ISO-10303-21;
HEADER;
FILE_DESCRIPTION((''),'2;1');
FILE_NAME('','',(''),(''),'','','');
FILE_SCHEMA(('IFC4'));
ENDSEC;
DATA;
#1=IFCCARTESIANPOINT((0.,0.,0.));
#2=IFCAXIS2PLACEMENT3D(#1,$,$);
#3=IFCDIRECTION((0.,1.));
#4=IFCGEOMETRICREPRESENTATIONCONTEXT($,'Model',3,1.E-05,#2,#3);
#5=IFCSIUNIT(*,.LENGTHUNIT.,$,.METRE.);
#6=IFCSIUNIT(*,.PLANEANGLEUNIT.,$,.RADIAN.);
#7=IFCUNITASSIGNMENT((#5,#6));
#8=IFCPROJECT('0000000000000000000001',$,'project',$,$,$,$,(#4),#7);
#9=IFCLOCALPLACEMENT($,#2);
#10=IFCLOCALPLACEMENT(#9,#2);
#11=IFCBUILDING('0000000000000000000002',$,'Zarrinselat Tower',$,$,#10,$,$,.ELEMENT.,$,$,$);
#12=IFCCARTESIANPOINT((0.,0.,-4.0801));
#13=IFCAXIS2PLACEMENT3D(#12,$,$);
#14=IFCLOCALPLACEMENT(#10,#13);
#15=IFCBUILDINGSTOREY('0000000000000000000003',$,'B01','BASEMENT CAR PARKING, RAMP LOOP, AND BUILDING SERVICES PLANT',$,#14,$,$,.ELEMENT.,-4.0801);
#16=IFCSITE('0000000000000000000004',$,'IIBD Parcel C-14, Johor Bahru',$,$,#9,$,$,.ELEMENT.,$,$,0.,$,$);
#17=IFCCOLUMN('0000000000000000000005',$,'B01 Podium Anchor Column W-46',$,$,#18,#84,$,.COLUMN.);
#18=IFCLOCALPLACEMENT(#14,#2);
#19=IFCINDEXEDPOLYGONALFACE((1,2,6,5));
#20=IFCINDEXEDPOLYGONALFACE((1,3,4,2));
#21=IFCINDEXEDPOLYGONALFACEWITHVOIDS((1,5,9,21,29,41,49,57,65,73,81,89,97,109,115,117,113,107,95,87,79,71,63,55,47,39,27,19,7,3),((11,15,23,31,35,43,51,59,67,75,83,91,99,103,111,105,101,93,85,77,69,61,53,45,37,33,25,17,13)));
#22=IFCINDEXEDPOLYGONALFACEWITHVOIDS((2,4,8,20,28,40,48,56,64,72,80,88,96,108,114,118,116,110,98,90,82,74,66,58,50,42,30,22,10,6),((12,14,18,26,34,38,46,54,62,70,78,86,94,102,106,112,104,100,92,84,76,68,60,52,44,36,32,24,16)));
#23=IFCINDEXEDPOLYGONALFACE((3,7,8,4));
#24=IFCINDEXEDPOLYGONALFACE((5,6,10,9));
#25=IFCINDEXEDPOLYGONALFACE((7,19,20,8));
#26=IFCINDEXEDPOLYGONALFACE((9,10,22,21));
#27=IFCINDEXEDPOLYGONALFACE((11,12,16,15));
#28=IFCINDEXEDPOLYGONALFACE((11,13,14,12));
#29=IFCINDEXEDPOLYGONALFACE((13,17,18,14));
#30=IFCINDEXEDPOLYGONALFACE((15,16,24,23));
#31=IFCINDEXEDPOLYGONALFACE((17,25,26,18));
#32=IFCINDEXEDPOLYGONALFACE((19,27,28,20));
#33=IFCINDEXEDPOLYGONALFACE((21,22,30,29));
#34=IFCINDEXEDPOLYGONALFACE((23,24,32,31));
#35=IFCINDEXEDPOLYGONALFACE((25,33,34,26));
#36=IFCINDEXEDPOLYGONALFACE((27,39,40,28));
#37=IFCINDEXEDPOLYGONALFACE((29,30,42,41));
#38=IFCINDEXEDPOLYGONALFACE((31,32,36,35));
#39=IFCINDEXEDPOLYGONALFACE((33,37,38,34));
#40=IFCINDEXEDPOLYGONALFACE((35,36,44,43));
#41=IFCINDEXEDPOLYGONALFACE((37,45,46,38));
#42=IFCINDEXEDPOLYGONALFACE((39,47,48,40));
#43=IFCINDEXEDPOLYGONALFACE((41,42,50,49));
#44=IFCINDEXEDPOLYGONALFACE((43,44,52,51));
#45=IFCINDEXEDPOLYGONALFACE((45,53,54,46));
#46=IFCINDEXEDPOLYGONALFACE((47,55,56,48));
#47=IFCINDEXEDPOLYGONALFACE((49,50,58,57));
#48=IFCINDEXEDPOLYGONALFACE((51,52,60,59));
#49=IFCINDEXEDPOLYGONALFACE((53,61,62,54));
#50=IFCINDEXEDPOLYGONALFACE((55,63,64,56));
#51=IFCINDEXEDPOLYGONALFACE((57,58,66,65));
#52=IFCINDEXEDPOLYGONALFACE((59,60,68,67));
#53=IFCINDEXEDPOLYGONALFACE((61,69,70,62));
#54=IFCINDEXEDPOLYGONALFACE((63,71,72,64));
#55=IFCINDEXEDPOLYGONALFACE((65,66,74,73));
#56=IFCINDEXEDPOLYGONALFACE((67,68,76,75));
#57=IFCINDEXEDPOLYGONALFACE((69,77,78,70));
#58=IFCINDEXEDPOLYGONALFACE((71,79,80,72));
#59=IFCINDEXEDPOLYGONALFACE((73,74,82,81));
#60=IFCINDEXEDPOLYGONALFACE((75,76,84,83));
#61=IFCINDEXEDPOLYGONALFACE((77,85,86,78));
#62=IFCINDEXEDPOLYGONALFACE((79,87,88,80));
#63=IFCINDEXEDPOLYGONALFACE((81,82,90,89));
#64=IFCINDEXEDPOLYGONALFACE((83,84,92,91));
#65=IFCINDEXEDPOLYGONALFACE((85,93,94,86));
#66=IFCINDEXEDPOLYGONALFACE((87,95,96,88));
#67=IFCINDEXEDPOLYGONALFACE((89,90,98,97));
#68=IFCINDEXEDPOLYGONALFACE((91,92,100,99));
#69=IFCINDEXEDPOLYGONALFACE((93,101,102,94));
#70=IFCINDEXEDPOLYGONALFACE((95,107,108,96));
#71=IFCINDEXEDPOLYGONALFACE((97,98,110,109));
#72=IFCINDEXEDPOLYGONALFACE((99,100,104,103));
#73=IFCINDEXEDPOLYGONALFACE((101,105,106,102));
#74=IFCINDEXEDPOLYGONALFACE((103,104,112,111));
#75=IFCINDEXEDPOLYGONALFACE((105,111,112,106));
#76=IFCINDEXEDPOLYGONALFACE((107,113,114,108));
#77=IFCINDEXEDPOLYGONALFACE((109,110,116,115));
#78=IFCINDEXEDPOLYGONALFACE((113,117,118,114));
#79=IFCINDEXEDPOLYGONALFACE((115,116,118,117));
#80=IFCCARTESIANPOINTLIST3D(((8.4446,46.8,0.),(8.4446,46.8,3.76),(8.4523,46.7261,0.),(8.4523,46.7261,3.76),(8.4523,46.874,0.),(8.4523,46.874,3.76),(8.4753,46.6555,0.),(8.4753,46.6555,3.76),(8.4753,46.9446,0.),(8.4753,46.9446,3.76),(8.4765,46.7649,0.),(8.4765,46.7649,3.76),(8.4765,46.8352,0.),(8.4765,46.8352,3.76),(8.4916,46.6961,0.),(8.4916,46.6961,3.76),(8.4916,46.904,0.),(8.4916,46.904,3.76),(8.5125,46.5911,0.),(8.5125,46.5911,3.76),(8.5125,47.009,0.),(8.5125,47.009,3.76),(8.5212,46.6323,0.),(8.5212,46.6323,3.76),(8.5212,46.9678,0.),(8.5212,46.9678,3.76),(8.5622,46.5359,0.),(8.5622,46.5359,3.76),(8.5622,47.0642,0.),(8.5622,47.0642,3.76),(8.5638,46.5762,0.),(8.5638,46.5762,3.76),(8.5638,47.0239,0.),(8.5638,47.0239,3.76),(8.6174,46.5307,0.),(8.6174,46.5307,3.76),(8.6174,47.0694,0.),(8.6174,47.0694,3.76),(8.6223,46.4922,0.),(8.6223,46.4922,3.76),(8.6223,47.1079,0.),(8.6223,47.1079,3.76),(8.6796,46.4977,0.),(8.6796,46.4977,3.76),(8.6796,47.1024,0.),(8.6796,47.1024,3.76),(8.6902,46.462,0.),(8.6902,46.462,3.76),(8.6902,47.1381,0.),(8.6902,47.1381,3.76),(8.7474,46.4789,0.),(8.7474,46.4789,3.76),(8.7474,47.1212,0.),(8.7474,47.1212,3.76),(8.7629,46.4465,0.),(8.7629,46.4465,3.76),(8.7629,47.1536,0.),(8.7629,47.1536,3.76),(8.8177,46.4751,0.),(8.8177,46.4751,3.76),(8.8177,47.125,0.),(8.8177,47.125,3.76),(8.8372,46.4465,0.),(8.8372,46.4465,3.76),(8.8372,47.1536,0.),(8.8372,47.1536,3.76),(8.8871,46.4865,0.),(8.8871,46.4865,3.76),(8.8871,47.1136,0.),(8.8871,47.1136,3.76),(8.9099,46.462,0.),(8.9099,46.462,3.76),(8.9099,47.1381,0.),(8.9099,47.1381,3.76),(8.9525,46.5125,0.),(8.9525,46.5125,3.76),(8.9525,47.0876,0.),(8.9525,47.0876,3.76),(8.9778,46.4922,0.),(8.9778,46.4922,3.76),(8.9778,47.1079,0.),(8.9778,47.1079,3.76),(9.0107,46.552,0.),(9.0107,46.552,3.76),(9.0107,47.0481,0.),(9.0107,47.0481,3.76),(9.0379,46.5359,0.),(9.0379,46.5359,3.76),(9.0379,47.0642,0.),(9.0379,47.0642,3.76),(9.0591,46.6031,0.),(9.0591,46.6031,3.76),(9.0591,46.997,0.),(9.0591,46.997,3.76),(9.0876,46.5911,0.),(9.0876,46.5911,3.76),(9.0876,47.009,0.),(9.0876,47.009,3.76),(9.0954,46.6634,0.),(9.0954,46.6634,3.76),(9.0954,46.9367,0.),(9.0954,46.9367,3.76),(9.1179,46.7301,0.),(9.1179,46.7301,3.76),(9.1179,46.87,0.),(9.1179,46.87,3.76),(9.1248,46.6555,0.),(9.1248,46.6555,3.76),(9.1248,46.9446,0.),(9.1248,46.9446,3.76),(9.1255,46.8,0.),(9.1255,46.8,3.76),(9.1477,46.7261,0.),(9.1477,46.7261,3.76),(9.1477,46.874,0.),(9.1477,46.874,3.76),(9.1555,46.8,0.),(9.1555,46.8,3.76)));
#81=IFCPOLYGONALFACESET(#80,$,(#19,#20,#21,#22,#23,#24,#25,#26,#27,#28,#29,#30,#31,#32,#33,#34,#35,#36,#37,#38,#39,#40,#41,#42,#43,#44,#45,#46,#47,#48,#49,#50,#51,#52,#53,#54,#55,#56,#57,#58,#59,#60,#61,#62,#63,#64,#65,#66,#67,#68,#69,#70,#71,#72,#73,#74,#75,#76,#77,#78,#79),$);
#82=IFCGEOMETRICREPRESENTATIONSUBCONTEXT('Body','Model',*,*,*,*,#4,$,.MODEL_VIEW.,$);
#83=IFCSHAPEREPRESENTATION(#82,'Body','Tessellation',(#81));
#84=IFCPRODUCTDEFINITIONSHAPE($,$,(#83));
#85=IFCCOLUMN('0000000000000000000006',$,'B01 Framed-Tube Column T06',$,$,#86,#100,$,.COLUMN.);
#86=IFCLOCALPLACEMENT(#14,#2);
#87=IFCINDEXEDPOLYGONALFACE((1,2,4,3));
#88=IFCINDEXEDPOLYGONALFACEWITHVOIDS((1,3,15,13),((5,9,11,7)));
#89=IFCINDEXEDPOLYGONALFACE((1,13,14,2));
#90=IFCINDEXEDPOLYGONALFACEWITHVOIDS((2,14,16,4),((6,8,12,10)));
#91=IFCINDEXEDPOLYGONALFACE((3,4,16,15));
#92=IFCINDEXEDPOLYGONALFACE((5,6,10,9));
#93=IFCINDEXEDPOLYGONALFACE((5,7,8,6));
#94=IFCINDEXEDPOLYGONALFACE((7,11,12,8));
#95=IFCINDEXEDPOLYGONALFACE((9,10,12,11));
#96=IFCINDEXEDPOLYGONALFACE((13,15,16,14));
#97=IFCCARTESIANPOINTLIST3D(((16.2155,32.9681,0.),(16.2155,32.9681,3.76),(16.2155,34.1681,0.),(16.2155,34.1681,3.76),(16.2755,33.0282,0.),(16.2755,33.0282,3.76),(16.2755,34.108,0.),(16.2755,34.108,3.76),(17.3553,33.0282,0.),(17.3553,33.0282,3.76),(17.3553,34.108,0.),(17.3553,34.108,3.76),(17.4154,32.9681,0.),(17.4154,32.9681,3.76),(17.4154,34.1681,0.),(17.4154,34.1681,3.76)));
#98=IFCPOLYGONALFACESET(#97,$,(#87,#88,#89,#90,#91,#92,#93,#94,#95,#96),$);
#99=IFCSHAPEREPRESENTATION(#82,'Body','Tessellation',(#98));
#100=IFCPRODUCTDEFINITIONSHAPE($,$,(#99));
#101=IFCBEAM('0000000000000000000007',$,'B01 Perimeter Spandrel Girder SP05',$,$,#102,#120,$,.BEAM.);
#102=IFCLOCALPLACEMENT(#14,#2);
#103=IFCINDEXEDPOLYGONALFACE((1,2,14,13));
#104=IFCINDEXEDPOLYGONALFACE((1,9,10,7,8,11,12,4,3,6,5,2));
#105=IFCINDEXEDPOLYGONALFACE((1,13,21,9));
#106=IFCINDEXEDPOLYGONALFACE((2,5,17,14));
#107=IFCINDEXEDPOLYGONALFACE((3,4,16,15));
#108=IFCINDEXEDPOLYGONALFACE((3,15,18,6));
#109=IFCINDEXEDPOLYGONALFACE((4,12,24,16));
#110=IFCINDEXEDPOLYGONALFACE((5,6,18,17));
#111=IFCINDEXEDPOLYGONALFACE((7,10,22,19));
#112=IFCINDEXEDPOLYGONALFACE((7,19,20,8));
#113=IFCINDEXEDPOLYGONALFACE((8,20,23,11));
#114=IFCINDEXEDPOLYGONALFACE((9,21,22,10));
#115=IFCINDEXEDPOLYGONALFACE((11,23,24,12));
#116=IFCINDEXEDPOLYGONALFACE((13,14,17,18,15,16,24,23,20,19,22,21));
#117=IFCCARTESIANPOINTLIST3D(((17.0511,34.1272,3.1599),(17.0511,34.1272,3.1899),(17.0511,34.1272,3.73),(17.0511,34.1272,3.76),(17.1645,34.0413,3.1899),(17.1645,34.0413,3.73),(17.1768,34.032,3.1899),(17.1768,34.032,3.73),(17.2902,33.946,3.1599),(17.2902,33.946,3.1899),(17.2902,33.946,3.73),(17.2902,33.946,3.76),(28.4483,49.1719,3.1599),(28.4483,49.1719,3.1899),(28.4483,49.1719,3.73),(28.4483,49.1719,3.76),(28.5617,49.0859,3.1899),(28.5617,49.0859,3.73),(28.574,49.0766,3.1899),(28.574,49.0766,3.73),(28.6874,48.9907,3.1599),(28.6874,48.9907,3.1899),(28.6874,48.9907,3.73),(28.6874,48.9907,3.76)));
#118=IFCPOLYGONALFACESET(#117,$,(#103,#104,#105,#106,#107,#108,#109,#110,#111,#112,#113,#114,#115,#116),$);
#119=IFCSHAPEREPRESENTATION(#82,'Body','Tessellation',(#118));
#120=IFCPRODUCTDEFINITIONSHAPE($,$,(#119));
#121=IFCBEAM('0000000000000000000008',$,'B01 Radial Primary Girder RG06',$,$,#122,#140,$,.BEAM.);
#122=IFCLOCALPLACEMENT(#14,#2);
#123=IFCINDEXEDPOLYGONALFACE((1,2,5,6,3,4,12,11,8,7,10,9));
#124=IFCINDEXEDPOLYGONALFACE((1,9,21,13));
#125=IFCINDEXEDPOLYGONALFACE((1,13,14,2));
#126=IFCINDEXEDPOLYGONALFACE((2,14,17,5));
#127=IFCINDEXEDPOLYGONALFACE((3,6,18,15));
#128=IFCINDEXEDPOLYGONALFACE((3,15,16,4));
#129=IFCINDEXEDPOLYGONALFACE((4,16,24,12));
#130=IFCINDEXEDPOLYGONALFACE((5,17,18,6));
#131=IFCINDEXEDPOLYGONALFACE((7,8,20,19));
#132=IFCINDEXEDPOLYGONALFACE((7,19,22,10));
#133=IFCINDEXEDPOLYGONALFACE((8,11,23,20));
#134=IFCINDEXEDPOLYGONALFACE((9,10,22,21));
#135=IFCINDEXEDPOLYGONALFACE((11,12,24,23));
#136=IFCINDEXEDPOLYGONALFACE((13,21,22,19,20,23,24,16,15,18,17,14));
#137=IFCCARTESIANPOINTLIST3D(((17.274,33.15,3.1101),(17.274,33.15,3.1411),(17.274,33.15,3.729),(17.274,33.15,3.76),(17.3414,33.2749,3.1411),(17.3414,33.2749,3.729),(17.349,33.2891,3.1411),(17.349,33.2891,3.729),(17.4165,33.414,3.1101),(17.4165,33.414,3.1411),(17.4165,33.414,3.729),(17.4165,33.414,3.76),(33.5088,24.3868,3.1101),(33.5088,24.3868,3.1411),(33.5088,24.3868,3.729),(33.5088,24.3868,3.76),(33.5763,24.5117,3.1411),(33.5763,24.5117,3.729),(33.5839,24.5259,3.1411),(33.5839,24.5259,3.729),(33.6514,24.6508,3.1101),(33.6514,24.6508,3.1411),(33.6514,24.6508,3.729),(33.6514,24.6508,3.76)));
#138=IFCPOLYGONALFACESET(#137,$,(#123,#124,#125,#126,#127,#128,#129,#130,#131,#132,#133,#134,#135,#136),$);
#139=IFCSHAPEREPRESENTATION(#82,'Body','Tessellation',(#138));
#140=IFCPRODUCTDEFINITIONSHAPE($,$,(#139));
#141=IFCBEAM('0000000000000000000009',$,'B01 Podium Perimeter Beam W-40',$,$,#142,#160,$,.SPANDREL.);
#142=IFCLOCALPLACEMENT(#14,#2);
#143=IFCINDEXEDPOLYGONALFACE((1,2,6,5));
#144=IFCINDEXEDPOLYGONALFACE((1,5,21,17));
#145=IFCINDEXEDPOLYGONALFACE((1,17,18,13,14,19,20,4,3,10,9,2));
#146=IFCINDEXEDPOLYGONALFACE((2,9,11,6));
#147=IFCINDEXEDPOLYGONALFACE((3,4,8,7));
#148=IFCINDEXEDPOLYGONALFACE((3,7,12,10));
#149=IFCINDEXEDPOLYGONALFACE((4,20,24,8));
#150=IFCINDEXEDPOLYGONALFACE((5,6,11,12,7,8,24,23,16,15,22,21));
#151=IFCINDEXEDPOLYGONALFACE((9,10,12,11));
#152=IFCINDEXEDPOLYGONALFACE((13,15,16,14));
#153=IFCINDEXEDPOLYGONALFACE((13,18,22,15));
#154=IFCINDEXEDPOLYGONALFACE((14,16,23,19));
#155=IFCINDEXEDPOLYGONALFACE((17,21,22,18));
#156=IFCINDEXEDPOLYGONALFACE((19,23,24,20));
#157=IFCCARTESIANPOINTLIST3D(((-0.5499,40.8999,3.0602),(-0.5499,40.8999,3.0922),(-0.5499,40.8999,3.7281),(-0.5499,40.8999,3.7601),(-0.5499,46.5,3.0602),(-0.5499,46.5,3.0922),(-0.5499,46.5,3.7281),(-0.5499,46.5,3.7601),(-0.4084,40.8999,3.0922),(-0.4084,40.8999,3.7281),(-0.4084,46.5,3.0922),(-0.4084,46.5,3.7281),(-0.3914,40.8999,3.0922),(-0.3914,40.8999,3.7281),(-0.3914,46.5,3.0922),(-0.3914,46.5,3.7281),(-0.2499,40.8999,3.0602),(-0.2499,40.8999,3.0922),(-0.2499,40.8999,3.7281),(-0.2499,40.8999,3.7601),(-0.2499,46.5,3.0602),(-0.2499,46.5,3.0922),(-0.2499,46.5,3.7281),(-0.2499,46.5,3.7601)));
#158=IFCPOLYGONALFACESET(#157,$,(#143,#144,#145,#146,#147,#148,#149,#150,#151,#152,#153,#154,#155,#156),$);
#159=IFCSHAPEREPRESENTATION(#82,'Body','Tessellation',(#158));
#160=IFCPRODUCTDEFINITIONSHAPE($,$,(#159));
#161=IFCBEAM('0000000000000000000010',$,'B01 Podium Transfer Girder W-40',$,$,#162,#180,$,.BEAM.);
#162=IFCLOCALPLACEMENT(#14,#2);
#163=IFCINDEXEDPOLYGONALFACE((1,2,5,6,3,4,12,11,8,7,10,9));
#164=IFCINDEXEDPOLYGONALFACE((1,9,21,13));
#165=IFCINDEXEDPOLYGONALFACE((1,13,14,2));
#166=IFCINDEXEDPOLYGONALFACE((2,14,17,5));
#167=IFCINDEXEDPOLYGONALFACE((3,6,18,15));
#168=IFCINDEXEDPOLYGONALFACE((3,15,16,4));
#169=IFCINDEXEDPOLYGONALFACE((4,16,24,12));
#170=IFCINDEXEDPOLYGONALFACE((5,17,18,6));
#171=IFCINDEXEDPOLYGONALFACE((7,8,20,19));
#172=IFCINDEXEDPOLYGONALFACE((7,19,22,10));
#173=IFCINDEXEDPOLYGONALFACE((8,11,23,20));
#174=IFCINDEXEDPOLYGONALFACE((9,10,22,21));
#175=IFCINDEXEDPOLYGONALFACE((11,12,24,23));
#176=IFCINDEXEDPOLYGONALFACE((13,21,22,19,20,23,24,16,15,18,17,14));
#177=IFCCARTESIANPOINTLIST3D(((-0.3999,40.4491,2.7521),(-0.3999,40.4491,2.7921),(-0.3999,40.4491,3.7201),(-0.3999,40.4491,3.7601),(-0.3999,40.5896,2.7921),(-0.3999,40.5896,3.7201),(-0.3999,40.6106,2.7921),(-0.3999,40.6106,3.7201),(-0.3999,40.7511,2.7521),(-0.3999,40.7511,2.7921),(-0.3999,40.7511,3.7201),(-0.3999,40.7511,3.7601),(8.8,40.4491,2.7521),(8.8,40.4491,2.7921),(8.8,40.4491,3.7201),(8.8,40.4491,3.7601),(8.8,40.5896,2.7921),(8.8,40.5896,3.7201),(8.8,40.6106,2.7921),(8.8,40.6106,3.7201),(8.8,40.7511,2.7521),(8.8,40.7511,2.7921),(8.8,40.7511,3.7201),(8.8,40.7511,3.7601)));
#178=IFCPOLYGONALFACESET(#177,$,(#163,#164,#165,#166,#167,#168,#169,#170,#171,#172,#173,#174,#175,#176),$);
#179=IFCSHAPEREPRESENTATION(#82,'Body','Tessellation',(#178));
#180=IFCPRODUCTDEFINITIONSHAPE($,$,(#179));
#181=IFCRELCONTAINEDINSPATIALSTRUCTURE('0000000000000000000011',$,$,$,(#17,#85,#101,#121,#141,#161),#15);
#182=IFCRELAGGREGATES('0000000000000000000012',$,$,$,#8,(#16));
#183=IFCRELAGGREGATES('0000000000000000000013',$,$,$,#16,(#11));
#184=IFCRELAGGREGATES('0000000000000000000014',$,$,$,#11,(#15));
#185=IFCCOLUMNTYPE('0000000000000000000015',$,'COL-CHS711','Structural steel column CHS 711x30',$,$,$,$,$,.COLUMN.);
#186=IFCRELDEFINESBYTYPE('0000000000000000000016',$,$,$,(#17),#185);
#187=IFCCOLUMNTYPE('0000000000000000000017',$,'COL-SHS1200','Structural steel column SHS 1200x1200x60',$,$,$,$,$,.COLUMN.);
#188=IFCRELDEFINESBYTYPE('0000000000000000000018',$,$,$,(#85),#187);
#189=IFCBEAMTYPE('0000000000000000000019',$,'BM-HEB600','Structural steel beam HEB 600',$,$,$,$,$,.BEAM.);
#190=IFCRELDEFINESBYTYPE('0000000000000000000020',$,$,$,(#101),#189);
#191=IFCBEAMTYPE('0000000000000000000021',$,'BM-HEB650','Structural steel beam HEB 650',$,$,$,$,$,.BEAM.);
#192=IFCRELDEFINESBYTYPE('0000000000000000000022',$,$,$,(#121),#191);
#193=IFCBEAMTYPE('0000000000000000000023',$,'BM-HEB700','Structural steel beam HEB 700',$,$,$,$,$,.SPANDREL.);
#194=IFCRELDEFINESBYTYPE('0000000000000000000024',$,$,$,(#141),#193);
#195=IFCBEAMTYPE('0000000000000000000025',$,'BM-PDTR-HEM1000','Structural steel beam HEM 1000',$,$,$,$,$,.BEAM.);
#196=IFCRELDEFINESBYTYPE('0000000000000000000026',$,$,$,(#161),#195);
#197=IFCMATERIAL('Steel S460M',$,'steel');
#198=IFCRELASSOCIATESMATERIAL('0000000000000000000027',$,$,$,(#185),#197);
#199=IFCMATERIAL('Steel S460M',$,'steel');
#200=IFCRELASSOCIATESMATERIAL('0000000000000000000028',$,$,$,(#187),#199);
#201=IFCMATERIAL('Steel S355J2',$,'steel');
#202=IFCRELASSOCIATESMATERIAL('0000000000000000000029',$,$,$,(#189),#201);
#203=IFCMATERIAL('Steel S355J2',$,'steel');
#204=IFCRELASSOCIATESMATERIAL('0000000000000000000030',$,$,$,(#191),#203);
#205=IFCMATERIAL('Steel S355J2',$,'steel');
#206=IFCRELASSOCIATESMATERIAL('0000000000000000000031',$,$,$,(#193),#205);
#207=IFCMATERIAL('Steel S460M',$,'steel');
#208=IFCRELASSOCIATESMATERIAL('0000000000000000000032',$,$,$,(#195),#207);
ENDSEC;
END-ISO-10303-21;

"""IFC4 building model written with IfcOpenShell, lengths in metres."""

from ifc_helpers import new_model, si_unit, direction, frame, origin, origin_2d, place, context, subcontext, project, spatial, hollow_rectangle, hollow_circle, i_section, extrude, material, material_profile, profile_set, type_object, element, save


model = new_model("IFC4")

# Units and contexts
model_context = context("Model", 3, precision=1e-05, world=origin(), true_north=direction((0.0, 1.0)))
body_context = subcontext(model_context, "Body", "Model", "MODEL_VIEW")
ifc_project = project(units=[si_unit("LENGTHUNIT", "METRE"), si_unit("PLANEANGLEUNIT", "RADIAN")], contexts=[model_context])

# Site, building, storey
site_placement = place(None, origin())
site = spatial("IfcSite", under=ifc_project, at=site_placement, Name="IIBD Parcel C-14, Johor Bahru", CompositionType="ELEMENT", RefElevation=0.0)
building_placement = place(site_placement, origin())
building = spatial("IfcBuilding", under=site, at=building_placement, Name="Zarrinselat Tower", CompositionType="ELEMENT")
storey_placement = place(building_placement, frame((0.0, 0.0, -4.0801)))
storey = spatial("IfcBuildingStorey", under=building, at=storey_placement, Name="B01", Description="BASEMENT CAR PARKING, RAMP LOOP, AND BUILDING SERVICES PLANT", CompositionType="ELEMENT", Elevation=-4.0801)

# Columns
ifc_material_1 = material(Name="Steel S460M", Category="steel")
ifc_material_profile_1 = material_profile(ifc_material_1, hollow_circle(Radius=0.3555, WallThickness=0.03, at=origin_2d()), Name="CHS 711x30")
ifc_profile_set_1 = profile_set([ifc_material_profile_1], Name="Steel S460M")
column_type_1 = type_object("IfcColumnType", Name="COL-CHS711", Description="Structural steel column CHS 711x30", PredefinedType="COLUMN", material=ifc_profile_set_1)
for number, where, z_axis, x_axis, name in (
    (1, (8.8, 46.8, 0.0), (0.0, 0.0, 1.0), (1.0, 0.0, 0.0), "B01 Podium Anchor Column W-46"),
):
    element("IfcColumn", number, at=place(storey_placement, frame(where, z_axis=z_axis, x_axis=x_axis)), inside=storey, type_object=column_type_1, Name=name, PredefinedType="COLUMN", context=body_context, shape_type="SweptSolid", body=[
        extrude(hollow_circle(Radius=0.3555, WallThickness=0.03, at=origin_2d()), origin(), (0.0, 0.0, 1.0), 3.76),
    ])
ifc_material_2 = material(Name="Steel S460M", Category="steel")
ifc_material_profile_2 = material_profile(ifc_material_2, hollow_rectangle(XDim=1.2, YDim=1.2, WallThickness=0.0601, at=origin_2d()), Name="SHS 1200x1200x60")
ifc_profile_set_2 = profile_set([ifc_material_profile_2], Name="Steel S460M")
column_type_2 = type_object("IfcColumnType", Name="COL-SHS1200", Description="Structural steel column SHS 1200x1200x60", PredefinedType="COLUMN", material=ifc_profile_set_2)
column_1_placement = place(storey_placement, frame((16.8154, 33.5681, 0.0), z_axis=(0.0, 0.0, 1.0), x_axis=(1.0, 0.0, 0.0)))
element("IfcColumn", 2, at=column_1_placement, inside=storey, type_object=column_type_2, Name="B01 Framed-Tube Column T06", PredefinedType="COLUMN", context=body_context, shape_type="SweptSolid", body=[
    extrude(hollow_rectangle(XDim=1.2, YDim=1.2, WallThickness=0.0601, at=origin_2d()), origin(), (0.0, 0.0, 1.0), 3.76),
])

# Beams
ifc_material_3 = material(Name="Steel S355J2", Category="steel")
ifc_material_profile_3 = material_profile(ifc_material_3, i_section(OverallWidth=0.3, OverallDepth=0.6001, WebThickness=0.0154, FlangeThickness=0.03, at=origin_2d()), Name="HEB 600")
ifc_profile_set_3 = profile_set([ifc_material_profile_3], Name="Steel S355J2")
beam_type_1 = type_object("IfcBeamType", Name="BM-HEB600", Description="Structural steel beam HEB 600", PredefinedType="BEAM", material=ifc_profile_set_3)
beam_1_placement = place(storey_placement, frame((17.1707, 34.0366, 3.46), z_axis=(0.603849, 0.797099, 0.0), x_axis=(-0.797099, 0.603849, 0.0)))
element("IfcBeam", 3, at=beam_1_placement, inside=storey, type_object=beam_type_1, Name="B01 Perimeter Spandrel Girder SP05", PredefinedType="BEAM", context=body_context, shape_type="SweptSolid", body=[
    extrude(i_section(OverallWidth=0.3, OverallDepth=0.6001, WebThickness=0.0154, FlangeThickness=0.03, at=origin_2d()), origin(), (0.0, 0.0, 1.0), 18.8743),
])
ifc_material_4 = material(Name="Steel S355J2", Category="steel")
ifc_material_profile_4 = material_profile(ifc_material_4, i_section(OverallWidth=0.3, OverallDepth=0.6499, WebThickness=0.0161, FlangeThickness=0.031, at=origin_2d()), Name="HEB 650")
ifc_profile_set_4 = profile_set([ifc_material_profile_4], Name="Steel S355J2")
beam_type_2 = type_object("IfcBeamType", Name="BM-HEB650", Description="Structural steel beam HEB 650", PredefinedType="BEAM", material=ifc_profile_set_4)
beam_2_placement = place(storey_placement, frame((17.3452, 33.282, 3.4351), z_axis=(0.879988, -0.474996, 0.0), x_axis=(0.474996, 0.879988, 0.0)))
element("IfcBeam", 4, at=beam_2_placement, inside=storey, type_object=beam_type_2, Name="B01 Radial Primary Girder RG06", PredefinedType="BEAM", context=body_context, shape_type="SweptSolid", body=[
    extrude(i_section(OverallWidth=0.3, OverallDepth=0.6499, WebThickness=0.0161, FlangeThickness=0.031, at=origin_2d()), origin(), (0.0, 0.0, 1.0), 18.449),
])
ifc_material_5 = material(Name="Steel S355J2", Category="steel")
ifc_material_profile_5 = material_profile(ifc_material_5, i_section(OverallWidth=0.3, OverallDepth=0.7, WebThickness=0.0171, FlangeThickness=0.032, at=origin_2d()), Name="HEB 700")
ifc_profile_set_5 = profile_set([ifc_material_profile_5], Name="Steel S355J2")
beam_type_3 = type_object("IfcBeamType", Name="BM-HEB700", Description="Structural steel beam HEB 700", PredefinedType="SPANDREL", material=ifc_profile_set_5)
beam_3_placement = place(storey_placement, frame((-0.3999, 40.8999, 3.4102), z_axis=(0.0, 1.0, 0.0), x_axis=(-1.0, 0.0, 0.0)))
element("IfcBeam", 5, at=beam_3_placement, inside=storey, type_object=beam_type_3, Name="B01 Podium Perimeter Beam W-40", PredefinedType="SPANDREL", context=body_context, shape_type="SweptSolid", body=[
    extrude(i_section(OverallWidth=0.3, OverallDepth=0.7, WebThickness=0.0171, FlangeThickness=0.032, at=origin_2d()), origin(), (0.0, 0.0, 1.0), 5.6001),
])
ifc_material_6 = material(Name="Steel S460M", Category="steel")
ifc_material_profile_6 = material_profile(ifc_material_6, i_section(OverallWidth=0.302, OverallDepth=1.0081, WebThickness=0.021, FlangeThickness=0.04, at=origin_2d()), Name="HEM 1000")
ifc_profile_set_6 = profile_set([ifc_material_profile_6], Name="Steel S460M")
beam_type_4 = type_object("IfcBeamType", Name="BM-PDTR-HEM1000", Description="Structural steel beam HEM 1000", PredefinedType="BEAM", material=ifc_profile_set_6)
for number, where, z_axis, x_axis, name in (
    (6, (-0.3999, 40.6001, 3.2561), (1.0, 0.0, 0.0), (0.0, 1.0, 0.0), "B01 Podium Transfer Girder W-40"),
):
    element("IfcBeam", number, at=place(storey_placement, frame(where, z_axis=z_axis, x_axis=x_axis)), inside=storey, type_object=beam_type_4, Name=name, PredefinedType="BEAM", context=body_context, shape_type="SweptSolid", body=[
        extrude(i_section(OverallWidth=0.302, OverallDepth=1.0081, WebThickness=0.021, FlangeThickness=0.04, at=origin_2d()), origin(), (0.0, 0.0, 1.0), 9.2),
    ])

save(model, "model.ifc")
